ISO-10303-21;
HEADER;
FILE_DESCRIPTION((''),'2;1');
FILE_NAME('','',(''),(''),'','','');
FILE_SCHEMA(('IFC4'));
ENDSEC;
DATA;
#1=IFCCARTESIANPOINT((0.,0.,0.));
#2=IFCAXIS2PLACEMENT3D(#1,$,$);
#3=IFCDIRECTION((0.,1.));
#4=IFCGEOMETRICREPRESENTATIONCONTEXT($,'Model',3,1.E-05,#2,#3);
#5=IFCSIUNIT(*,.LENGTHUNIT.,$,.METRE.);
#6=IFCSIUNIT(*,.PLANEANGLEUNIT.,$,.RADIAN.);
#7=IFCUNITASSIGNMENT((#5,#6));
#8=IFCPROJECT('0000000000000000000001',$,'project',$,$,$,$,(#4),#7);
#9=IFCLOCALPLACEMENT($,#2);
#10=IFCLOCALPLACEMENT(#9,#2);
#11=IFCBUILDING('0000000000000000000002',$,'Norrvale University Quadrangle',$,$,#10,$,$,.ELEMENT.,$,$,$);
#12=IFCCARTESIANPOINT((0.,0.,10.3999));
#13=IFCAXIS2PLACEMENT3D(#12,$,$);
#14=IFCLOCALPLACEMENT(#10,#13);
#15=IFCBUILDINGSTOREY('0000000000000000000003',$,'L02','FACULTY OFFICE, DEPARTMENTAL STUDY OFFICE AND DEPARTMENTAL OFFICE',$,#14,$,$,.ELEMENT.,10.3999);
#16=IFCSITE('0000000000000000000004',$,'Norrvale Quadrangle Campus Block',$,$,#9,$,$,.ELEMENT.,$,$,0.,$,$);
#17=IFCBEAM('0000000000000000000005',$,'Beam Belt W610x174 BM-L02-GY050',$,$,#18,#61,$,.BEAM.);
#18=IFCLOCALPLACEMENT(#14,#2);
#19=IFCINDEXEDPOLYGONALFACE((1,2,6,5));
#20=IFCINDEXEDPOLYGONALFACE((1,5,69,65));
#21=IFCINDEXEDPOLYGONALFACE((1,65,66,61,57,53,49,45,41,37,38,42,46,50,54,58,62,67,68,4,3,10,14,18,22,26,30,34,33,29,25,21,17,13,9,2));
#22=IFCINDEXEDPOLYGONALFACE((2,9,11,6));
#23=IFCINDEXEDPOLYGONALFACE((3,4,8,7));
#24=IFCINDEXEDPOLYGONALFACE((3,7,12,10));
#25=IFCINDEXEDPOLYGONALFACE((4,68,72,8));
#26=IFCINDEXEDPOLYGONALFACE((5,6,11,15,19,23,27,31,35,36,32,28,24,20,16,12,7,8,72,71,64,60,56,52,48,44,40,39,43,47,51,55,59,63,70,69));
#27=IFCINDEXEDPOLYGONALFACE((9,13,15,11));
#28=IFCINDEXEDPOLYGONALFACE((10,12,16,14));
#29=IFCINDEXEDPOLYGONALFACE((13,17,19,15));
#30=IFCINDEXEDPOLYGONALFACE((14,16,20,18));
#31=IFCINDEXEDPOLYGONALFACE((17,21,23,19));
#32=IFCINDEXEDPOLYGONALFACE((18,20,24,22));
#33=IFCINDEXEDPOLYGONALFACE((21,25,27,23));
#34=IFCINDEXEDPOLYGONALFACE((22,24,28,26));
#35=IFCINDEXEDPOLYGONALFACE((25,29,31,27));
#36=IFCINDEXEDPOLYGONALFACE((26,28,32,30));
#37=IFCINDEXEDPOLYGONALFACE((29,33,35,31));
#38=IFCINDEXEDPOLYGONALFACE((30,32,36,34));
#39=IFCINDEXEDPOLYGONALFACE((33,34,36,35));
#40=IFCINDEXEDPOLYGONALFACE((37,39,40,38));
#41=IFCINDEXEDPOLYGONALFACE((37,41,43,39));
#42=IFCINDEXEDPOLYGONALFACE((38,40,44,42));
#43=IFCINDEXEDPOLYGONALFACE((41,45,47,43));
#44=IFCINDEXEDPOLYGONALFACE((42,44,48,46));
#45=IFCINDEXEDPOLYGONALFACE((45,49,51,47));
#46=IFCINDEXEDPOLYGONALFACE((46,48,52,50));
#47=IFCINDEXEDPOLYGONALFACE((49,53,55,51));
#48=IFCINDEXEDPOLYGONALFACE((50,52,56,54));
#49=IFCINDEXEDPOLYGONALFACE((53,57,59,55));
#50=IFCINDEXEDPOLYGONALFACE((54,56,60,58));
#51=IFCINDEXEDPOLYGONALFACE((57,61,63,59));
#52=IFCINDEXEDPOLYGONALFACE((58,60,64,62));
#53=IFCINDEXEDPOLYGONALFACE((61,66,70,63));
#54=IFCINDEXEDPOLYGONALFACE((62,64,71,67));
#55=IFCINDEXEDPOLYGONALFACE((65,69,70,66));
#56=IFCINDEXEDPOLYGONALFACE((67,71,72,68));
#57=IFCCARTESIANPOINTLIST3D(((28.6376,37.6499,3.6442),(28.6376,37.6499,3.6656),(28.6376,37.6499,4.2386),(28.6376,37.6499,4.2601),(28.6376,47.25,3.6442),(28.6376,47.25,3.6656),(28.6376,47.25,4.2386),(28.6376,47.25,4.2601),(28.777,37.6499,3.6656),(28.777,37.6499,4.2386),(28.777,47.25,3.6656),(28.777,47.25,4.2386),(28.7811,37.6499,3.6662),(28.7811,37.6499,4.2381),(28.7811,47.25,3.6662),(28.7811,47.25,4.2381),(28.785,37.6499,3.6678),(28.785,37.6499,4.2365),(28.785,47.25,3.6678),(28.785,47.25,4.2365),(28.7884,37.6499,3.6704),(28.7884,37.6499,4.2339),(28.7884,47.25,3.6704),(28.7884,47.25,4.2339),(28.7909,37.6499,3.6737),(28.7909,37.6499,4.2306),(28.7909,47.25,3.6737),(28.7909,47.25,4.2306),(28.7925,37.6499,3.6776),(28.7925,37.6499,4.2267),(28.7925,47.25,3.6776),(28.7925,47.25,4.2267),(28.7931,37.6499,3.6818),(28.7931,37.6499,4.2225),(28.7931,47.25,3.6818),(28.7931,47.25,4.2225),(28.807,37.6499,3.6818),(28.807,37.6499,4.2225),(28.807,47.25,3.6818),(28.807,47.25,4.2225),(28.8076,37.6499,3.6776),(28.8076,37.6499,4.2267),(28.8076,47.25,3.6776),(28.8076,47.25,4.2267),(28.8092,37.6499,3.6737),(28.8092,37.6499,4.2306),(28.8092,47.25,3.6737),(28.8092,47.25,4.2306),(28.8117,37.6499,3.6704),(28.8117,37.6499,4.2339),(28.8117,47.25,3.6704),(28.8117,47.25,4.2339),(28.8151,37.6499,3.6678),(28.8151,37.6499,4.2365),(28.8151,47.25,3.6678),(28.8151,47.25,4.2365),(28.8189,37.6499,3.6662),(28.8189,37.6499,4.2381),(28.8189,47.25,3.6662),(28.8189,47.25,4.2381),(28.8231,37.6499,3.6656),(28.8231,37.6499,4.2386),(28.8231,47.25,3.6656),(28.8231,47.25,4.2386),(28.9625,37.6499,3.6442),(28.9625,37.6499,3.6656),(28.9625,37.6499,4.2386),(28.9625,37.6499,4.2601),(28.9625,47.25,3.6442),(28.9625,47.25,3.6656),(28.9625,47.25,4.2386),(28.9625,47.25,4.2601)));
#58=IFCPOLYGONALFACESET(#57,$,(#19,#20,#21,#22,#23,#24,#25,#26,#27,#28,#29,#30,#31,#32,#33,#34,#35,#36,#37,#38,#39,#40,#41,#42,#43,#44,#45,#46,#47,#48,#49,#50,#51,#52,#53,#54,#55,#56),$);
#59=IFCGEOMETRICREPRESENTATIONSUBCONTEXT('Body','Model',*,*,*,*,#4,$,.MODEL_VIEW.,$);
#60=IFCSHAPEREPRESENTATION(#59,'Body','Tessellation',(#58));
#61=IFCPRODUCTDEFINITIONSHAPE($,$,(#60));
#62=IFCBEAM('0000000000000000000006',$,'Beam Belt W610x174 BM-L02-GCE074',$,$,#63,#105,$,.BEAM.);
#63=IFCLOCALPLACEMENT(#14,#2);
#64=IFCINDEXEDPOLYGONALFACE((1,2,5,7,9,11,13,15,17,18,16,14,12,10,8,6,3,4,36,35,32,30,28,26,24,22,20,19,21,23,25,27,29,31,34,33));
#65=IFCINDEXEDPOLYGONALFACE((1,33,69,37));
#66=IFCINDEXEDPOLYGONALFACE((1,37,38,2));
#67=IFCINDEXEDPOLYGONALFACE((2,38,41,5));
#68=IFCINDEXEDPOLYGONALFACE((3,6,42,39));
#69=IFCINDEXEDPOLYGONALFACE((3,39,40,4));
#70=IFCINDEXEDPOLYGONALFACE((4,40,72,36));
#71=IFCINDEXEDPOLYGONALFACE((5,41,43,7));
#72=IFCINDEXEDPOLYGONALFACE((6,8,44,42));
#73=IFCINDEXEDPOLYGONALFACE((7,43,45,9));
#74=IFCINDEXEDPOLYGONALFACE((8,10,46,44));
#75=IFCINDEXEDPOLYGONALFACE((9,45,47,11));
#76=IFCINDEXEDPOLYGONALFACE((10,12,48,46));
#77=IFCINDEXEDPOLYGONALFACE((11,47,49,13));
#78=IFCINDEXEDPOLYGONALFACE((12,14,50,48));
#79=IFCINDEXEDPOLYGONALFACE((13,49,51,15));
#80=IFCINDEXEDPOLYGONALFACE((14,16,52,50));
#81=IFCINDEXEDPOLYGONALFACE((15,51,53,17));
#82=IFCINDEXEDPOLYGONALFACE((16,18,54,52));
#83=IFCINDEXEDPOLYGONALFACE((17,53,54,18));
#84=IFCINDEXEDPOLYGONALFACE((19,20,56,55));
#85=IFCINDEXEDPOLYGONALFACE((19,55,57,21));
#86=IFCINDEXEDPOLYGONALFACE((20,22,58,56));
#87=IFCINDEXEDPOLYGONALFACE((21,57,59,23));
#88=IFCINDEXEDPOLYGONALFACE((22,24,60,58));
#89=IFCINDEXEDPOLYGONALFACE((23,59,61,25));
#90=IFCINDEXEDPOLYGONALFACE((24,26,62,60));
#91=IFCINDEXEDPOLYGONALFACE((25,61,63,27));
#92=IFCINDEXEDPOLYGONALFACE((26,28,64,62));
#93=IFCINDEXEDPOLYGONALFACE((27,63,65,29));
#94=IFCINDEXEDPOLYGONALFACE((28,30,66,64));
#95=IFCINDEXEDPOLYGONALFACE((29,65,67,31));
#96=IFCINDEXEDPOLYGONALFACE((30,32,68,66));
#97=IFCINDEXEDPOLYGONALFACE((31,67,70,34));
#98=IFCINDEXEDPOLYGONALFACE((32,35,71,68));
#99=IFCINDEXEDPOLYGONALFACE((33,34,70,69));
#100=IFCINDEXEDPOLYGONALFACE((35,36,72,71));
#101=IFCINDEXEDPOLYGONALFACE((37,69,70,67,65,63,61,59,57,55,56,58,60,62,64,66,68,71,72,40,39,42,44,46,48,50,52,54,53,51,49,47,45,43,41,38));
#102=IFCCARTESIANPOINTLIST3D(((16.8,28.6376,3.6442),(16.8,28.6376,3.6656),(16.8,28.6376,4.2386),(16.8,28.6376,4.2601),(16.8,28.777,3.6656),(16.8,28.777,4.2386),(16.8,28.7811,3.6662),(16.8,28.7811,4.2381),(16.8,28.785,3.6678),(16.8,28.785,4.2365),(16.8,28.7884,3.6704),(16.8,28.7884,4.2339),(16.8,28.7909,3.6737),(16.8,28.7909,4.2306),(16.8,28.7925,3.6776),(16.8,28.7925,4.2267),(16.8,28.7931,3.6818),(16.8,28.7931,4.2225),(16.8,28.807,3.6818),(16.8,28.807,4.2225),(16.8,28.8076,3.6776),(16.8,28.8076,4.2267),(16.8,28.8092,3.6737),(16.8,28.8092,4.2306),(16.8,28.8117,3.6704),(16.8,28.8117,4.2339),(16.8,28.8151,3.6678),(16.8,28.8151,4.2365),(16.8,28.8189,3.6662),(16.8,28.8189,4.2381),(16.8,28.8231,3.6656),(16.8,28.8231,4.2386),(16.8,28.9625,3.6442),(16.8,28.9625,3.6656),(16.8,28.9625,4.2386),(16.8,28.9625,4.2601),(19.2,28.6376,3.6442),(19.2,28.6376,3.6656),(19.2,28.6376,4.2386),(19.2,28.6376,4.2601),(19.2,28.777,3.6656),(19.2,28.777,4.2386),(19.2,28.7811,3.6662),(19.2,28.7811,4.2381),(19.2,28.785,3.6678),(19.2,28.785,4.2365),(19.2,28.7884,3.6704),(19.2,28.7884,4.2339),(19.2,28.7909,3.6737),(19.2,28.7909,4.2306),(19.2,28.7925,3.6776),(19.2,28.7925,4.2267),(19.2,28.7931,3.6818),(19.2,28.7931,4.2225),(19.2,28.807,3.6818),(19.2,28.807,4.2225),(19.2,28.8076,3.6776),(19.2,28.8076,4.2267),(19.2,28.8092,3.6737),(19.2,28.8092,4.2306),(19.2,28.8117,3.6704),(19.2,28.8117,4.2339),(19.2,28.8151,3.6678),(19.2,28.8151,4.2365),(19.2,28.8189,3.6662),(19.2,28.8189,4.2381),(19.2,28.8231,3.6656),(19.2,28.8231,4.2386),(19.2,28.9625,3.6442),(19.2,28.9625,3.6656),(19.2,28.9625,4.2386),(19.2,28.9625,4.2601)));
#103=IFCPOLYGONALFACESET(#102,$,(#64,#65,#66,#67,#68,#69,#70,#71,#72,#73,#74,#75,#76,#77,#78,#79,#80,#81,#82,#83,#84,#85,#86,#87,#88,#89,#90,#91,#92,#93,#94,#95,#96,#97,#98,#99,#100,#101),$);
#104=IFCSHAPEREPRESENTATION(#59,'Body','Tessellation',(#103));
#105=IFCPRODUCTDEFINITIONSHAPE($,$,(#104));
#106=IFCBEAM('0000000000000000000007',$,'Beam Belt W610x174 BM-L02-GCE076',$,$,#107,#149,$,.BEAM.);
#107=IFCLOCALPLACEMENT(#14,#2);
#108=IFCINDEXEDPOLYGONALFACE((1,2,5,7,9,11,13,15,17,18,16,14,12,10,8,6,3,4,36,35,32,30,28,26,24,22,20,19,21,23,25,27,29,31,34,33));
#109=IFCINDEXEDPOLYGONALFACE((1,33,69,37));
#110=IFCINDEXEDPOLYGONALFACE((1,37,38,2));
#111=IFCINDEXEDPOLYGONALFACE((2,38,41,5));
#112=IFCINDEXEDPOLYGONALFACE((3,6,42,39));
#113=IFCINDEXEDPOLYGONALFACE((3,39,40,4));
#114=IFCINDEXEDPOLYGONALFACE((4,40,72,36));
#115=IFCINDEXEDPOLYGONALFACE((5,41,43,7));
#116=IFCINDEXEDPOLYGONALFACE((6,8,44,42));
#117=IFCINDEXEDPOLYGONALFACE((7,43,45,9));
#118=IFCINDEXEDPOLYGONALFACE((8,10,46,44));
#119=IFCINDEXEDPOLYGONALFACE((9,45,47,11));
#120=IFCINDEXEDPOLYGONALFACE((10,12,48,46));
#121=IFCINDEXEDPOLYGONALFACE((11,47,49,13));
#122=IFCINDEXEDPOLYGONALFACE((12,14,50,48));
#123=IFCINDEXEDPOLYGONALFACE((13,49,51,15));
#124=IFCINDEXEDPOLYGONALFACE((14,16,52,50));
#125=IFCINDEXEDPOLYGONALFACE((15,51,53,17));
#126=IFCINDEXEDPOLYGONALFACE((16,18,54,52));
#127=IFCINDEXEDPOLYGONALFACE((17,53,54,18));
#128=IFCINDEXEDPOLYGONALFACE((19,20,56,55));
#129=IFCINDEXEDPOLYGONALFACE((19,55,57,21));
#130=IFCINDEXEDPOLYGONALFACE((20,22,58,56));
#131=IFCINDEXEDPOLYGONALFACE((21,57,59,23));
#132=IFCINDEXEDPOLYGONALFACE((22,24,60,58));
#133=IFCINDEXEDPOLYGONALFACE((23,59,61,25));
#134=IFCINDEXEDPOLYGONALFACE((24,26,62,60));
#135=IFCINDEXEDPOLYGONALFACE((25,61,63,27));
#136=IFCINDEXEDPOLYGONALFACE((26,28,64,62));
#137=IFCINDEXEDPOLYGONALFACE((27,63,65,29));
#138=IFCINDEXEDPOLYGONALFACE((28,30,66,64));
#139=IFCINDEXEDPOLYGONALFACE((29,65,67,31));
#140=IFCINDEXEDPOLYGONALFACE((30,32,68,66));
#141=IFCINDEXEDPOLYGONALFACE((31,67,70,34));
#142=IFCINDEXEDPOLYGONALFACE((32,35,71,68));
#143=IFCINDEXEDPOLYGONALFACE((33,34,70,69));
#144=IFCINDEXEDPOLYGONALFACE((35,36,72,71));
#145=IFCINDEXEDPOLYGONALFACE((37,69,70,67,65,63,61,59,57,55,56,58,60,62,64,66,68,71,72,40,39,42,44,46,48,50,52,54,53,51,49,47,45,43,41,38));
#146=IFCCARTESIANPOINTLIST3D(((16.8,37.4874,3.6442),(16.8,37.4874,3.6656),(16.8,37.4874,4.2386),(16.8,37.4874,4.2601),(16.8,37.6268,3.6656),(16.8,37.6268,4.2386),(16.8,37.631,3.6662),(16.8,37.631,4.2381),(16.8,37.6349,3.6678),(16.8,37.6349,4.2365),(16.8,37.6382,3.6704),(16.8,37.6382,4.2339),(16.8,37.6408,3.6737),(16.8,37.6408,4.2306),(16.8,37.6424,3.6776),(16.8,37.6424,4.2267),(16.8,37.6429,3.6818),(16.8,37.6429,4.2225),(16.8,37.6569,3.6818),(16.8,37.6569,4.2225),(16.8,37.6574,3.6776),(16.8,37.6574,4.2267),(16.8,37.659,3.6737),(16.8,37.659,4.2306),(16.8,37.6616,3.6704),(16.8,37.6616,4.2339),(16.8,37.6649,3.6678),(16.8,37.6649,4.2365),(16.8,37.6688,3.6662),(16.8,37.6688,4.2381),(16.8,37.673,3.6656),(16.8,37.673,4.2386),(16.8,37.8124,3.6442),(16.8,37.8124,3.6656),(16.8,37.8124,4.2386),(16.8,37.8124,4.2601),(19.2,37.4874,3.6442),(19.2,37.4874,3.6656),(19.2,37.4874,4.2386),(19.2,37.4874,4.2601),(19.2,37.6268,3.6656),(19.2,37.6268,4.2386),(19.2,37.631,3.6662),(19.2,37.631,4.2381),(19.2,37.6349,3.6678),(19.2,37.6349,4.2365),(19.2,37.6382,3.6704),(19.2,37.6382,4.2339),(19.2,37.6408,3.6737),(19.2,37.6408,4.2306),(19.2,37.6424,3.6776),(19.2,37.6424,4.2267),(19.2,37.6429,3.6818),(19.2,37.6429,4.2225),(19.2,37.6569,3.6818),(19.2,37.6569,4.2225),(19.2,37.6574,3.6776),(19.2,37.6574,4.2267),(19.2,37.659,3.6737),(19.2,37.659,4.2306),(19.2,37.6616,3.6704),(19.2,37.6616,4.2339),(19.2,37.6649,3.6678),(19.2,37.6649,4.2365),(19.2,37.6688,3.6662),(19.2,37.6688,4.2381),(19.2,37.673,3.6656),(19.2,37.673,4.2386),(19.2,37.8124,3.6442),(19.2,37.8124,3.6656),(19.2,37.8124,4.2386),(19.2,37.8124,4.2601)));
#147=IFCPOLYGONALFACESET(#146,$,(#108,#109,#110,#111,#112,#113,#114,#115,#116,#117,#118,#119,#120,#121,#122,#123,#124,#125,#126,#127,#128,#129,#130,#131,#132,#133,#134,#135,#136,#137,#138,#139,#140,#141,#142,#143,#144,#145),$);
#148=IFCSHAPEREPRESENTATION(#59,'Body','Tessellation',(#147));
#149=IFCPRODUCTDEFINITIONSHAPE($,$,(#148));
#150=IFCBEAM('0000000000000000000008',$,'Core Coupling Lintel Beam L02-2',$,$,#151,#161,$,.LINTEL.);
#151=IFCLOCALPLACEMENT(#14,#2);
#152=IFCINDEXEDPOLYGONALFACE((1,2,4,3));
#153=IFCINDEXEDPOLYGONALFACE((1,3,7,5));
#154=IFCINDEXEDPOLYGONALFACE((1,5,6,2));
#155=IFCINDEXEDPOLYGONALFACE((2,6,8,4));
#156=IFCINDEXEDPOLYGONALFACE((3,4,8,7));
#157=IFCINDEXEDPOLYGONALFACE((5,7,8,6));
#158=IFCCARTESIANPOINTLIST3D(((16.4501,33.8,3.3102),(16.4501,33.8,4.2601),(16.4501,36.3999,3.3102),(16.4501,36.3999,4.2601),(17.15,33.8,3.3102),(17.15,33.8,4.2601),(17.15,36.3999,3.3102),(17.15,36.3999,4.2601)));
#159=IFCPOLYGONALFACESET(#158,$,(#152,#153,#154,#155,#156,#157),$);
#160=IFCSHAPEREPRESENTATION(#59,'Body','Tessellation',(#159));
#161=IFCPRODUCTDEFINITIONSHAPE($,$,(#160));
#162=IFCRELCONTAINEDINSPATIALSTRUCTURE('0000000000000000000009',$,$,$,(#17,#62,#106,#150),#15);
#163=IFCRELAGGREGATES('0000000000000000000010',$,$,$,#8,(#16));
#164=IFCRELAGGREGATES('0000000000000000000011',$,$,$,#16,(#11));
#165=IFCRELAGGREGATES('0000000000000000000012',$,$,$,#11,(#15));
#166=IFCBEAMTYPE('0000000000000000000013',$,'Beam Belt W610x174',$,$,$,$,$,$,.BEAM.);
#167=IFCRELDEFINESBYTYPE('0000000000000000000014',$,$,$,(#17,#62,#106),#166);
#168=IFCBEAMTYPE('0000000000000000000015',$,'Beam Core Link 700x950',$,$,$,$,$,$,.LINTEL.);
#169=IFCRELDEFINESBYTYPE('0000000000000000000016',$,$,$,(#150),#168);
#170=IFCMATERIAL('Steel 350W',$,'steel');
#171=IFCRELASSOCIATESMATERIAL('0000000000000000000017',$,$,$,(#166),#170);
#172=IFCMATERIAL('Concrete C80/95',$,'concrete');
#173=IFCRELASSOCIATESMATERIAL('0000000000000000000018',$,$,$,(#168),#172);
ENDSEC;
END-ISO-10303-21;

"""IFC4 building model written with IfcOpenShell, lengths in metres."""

from ifc_helpers import new_model, si_unit, direction, frame, origin, origin_2d, place, context, subcontext, project, spatial, rectangle, i_section, extrude, material, material_profile, profile_set, type_object, element, save


model = new_model("IFC4")

# Units and contexts
model_context = context("Model", 3, precision=1e-05, world=origin(), true_north=direction((0.0, 1.0)))
body_context = subcontext(model_context, "Body", "Model", "MODEL_VIEW")
ifc_project = project(units=[si_unit("LENGTHUNIT", "METRE"), si_unit("PLANEANGLEUNIT", "RADIAN")], contexts=[model_context])

# Site, building, storey
site_placement = place(None, origin())
site = spatial("IfcSite", under=ifc_project, at=site_placement, Name="Norrvale Quadrangle Campus Block", CompositionType="ELEMENT", RefElevation=0.0)
building_placement = place(site_placement, origin())
building = spatial("IfcBuilding", under=site, at=building_placement, Name="Norrvale University Quadrangle", CompositionType="ELEMENT")
storey_placement = place(building_placement, frame((0.0, 0.0, 10.3999)))
storey = spatial("IfcBuildingStorey", under=building, at=storey_placement, Name="L02", Description="FACULTY OFFICE, DEPARTMENTAL STUDY OFFICE AND DEPARTMENTAL OFFICE", CompositionType="ELEMENT", Elevation=10.3999)

# Shared definitions
ifc_material_1 = material(Name="Concrete C80/95", Category="concrete")

# Beams
ifc_material_2 = material(Name="Steel 350W", Category="steel")
ifc_material_profile_1 = material_profile(ifc_material_2, i_section(OverallWidth=0.325, OverallDepth=0.616, WebThickness=0.0139, FlangeThickness=0.0215, FilletRadius=0.0161, at=origin_2d()), Name="Steel 350W")
ifc_profile_set_1 = profile_set([ifc_material_profile_1], Name="Steel 350W")
beam_type_1 = type_object("IfcBeamType", Name="Beam Belt W610x174", PredefinedType="BEAM", material=ifc_profile_set_1)
beam_1_placement = place(storey_placement, frame((28.8, 37.6499, 3.9521), z_axis=(0.0, 1.0, 0.0), x_axis=(-1.0, 0.0, 0.0)))
element("IfcBeam", 1, at=beam_1_placement, inside=storey, type_object=beam_type_1, Name="Beam Belt W610x174 BM-L02-GY050", PredefinedType="BEAM", context=body_context, shape_type="SweptSolid", body=[
    extrude(i_section(OverallWidth=0.325, OverallDepth=0.616, WebThickness=0.0139, FlangeThickness=0.0215, FilletRadius=0.0161, at=origin_2d()), origin(), (0.0, 0.0, 1.0), 9.6001),
])
for number, where, z_axis, x_axis, name in (
    (2, (16.8, 28.8, 3.9521), (1.0, 0.0, 0.0), (0.0, 1.0, 0.0), "Beam Belt W610x174 BM-L02-GCE074"),
    (3, (16.8, 37.6499, 3.9521), (1.0, 0.0, 0.0), (0.0, 1.0, 0.0), "Beam Belt W610x174 BM-L02-GCE076"),
):
    element("IfcBeam", number, at=place(storey_placement, frame(where, z_axis=z_axis, x_axis=x_axis)), inside=storey, type_object=beam_type_1, Name=name, PredefinedType="BEAM", context=body_context, shape_type="SweptSolid", body=[
        extrude(i_section(OverallWidth=0.325, OverallDepth=0.616, WebThickness=0.0139, FlangeThickness=0.0215, FilletRadius=0.0161, at=origin_2d()), origin(), (0.0, 0.0, 1.0), 2.3999),
    ])
ifc_material_profile_2 = material_profile(ifc_material_1, rectangle(XDim=0.7, YDim=0.95, at=origin_2d()), Name="Concrete C80/95")
ifc_profile_set_2 = profile_set([ifc_material_profile_2], Name="Concrete C80/95")
beam_type_2 = type_object("IfcBeamType", Name="Beam Core Link 700x950", PredefinedType="LINTEL", material=ifc_profile_set_2)
beam_2_placement = place(storey_placement, frame((16.8, 33.8, 3.7852), z_axis=(0.0, 1.0, 0.0), x_axis=(-1.0, 0.0, 0.0)))
element("IfcBeam", 4, at=beam_2_placement, inside=storey, type_object=beam_type_2, Name="Core Coupling Lintel Beam L02-2", PredefinedType="LINTEL", context=body_context, shape_type="SweptSolid", body=[
    extrude(rectangle(XDim=0.7, YDim=0.95, at=origin_2d()), origin(), (0.0, 0.0, 1.0), 2.5999),
])

save(model, "model.ifc")
